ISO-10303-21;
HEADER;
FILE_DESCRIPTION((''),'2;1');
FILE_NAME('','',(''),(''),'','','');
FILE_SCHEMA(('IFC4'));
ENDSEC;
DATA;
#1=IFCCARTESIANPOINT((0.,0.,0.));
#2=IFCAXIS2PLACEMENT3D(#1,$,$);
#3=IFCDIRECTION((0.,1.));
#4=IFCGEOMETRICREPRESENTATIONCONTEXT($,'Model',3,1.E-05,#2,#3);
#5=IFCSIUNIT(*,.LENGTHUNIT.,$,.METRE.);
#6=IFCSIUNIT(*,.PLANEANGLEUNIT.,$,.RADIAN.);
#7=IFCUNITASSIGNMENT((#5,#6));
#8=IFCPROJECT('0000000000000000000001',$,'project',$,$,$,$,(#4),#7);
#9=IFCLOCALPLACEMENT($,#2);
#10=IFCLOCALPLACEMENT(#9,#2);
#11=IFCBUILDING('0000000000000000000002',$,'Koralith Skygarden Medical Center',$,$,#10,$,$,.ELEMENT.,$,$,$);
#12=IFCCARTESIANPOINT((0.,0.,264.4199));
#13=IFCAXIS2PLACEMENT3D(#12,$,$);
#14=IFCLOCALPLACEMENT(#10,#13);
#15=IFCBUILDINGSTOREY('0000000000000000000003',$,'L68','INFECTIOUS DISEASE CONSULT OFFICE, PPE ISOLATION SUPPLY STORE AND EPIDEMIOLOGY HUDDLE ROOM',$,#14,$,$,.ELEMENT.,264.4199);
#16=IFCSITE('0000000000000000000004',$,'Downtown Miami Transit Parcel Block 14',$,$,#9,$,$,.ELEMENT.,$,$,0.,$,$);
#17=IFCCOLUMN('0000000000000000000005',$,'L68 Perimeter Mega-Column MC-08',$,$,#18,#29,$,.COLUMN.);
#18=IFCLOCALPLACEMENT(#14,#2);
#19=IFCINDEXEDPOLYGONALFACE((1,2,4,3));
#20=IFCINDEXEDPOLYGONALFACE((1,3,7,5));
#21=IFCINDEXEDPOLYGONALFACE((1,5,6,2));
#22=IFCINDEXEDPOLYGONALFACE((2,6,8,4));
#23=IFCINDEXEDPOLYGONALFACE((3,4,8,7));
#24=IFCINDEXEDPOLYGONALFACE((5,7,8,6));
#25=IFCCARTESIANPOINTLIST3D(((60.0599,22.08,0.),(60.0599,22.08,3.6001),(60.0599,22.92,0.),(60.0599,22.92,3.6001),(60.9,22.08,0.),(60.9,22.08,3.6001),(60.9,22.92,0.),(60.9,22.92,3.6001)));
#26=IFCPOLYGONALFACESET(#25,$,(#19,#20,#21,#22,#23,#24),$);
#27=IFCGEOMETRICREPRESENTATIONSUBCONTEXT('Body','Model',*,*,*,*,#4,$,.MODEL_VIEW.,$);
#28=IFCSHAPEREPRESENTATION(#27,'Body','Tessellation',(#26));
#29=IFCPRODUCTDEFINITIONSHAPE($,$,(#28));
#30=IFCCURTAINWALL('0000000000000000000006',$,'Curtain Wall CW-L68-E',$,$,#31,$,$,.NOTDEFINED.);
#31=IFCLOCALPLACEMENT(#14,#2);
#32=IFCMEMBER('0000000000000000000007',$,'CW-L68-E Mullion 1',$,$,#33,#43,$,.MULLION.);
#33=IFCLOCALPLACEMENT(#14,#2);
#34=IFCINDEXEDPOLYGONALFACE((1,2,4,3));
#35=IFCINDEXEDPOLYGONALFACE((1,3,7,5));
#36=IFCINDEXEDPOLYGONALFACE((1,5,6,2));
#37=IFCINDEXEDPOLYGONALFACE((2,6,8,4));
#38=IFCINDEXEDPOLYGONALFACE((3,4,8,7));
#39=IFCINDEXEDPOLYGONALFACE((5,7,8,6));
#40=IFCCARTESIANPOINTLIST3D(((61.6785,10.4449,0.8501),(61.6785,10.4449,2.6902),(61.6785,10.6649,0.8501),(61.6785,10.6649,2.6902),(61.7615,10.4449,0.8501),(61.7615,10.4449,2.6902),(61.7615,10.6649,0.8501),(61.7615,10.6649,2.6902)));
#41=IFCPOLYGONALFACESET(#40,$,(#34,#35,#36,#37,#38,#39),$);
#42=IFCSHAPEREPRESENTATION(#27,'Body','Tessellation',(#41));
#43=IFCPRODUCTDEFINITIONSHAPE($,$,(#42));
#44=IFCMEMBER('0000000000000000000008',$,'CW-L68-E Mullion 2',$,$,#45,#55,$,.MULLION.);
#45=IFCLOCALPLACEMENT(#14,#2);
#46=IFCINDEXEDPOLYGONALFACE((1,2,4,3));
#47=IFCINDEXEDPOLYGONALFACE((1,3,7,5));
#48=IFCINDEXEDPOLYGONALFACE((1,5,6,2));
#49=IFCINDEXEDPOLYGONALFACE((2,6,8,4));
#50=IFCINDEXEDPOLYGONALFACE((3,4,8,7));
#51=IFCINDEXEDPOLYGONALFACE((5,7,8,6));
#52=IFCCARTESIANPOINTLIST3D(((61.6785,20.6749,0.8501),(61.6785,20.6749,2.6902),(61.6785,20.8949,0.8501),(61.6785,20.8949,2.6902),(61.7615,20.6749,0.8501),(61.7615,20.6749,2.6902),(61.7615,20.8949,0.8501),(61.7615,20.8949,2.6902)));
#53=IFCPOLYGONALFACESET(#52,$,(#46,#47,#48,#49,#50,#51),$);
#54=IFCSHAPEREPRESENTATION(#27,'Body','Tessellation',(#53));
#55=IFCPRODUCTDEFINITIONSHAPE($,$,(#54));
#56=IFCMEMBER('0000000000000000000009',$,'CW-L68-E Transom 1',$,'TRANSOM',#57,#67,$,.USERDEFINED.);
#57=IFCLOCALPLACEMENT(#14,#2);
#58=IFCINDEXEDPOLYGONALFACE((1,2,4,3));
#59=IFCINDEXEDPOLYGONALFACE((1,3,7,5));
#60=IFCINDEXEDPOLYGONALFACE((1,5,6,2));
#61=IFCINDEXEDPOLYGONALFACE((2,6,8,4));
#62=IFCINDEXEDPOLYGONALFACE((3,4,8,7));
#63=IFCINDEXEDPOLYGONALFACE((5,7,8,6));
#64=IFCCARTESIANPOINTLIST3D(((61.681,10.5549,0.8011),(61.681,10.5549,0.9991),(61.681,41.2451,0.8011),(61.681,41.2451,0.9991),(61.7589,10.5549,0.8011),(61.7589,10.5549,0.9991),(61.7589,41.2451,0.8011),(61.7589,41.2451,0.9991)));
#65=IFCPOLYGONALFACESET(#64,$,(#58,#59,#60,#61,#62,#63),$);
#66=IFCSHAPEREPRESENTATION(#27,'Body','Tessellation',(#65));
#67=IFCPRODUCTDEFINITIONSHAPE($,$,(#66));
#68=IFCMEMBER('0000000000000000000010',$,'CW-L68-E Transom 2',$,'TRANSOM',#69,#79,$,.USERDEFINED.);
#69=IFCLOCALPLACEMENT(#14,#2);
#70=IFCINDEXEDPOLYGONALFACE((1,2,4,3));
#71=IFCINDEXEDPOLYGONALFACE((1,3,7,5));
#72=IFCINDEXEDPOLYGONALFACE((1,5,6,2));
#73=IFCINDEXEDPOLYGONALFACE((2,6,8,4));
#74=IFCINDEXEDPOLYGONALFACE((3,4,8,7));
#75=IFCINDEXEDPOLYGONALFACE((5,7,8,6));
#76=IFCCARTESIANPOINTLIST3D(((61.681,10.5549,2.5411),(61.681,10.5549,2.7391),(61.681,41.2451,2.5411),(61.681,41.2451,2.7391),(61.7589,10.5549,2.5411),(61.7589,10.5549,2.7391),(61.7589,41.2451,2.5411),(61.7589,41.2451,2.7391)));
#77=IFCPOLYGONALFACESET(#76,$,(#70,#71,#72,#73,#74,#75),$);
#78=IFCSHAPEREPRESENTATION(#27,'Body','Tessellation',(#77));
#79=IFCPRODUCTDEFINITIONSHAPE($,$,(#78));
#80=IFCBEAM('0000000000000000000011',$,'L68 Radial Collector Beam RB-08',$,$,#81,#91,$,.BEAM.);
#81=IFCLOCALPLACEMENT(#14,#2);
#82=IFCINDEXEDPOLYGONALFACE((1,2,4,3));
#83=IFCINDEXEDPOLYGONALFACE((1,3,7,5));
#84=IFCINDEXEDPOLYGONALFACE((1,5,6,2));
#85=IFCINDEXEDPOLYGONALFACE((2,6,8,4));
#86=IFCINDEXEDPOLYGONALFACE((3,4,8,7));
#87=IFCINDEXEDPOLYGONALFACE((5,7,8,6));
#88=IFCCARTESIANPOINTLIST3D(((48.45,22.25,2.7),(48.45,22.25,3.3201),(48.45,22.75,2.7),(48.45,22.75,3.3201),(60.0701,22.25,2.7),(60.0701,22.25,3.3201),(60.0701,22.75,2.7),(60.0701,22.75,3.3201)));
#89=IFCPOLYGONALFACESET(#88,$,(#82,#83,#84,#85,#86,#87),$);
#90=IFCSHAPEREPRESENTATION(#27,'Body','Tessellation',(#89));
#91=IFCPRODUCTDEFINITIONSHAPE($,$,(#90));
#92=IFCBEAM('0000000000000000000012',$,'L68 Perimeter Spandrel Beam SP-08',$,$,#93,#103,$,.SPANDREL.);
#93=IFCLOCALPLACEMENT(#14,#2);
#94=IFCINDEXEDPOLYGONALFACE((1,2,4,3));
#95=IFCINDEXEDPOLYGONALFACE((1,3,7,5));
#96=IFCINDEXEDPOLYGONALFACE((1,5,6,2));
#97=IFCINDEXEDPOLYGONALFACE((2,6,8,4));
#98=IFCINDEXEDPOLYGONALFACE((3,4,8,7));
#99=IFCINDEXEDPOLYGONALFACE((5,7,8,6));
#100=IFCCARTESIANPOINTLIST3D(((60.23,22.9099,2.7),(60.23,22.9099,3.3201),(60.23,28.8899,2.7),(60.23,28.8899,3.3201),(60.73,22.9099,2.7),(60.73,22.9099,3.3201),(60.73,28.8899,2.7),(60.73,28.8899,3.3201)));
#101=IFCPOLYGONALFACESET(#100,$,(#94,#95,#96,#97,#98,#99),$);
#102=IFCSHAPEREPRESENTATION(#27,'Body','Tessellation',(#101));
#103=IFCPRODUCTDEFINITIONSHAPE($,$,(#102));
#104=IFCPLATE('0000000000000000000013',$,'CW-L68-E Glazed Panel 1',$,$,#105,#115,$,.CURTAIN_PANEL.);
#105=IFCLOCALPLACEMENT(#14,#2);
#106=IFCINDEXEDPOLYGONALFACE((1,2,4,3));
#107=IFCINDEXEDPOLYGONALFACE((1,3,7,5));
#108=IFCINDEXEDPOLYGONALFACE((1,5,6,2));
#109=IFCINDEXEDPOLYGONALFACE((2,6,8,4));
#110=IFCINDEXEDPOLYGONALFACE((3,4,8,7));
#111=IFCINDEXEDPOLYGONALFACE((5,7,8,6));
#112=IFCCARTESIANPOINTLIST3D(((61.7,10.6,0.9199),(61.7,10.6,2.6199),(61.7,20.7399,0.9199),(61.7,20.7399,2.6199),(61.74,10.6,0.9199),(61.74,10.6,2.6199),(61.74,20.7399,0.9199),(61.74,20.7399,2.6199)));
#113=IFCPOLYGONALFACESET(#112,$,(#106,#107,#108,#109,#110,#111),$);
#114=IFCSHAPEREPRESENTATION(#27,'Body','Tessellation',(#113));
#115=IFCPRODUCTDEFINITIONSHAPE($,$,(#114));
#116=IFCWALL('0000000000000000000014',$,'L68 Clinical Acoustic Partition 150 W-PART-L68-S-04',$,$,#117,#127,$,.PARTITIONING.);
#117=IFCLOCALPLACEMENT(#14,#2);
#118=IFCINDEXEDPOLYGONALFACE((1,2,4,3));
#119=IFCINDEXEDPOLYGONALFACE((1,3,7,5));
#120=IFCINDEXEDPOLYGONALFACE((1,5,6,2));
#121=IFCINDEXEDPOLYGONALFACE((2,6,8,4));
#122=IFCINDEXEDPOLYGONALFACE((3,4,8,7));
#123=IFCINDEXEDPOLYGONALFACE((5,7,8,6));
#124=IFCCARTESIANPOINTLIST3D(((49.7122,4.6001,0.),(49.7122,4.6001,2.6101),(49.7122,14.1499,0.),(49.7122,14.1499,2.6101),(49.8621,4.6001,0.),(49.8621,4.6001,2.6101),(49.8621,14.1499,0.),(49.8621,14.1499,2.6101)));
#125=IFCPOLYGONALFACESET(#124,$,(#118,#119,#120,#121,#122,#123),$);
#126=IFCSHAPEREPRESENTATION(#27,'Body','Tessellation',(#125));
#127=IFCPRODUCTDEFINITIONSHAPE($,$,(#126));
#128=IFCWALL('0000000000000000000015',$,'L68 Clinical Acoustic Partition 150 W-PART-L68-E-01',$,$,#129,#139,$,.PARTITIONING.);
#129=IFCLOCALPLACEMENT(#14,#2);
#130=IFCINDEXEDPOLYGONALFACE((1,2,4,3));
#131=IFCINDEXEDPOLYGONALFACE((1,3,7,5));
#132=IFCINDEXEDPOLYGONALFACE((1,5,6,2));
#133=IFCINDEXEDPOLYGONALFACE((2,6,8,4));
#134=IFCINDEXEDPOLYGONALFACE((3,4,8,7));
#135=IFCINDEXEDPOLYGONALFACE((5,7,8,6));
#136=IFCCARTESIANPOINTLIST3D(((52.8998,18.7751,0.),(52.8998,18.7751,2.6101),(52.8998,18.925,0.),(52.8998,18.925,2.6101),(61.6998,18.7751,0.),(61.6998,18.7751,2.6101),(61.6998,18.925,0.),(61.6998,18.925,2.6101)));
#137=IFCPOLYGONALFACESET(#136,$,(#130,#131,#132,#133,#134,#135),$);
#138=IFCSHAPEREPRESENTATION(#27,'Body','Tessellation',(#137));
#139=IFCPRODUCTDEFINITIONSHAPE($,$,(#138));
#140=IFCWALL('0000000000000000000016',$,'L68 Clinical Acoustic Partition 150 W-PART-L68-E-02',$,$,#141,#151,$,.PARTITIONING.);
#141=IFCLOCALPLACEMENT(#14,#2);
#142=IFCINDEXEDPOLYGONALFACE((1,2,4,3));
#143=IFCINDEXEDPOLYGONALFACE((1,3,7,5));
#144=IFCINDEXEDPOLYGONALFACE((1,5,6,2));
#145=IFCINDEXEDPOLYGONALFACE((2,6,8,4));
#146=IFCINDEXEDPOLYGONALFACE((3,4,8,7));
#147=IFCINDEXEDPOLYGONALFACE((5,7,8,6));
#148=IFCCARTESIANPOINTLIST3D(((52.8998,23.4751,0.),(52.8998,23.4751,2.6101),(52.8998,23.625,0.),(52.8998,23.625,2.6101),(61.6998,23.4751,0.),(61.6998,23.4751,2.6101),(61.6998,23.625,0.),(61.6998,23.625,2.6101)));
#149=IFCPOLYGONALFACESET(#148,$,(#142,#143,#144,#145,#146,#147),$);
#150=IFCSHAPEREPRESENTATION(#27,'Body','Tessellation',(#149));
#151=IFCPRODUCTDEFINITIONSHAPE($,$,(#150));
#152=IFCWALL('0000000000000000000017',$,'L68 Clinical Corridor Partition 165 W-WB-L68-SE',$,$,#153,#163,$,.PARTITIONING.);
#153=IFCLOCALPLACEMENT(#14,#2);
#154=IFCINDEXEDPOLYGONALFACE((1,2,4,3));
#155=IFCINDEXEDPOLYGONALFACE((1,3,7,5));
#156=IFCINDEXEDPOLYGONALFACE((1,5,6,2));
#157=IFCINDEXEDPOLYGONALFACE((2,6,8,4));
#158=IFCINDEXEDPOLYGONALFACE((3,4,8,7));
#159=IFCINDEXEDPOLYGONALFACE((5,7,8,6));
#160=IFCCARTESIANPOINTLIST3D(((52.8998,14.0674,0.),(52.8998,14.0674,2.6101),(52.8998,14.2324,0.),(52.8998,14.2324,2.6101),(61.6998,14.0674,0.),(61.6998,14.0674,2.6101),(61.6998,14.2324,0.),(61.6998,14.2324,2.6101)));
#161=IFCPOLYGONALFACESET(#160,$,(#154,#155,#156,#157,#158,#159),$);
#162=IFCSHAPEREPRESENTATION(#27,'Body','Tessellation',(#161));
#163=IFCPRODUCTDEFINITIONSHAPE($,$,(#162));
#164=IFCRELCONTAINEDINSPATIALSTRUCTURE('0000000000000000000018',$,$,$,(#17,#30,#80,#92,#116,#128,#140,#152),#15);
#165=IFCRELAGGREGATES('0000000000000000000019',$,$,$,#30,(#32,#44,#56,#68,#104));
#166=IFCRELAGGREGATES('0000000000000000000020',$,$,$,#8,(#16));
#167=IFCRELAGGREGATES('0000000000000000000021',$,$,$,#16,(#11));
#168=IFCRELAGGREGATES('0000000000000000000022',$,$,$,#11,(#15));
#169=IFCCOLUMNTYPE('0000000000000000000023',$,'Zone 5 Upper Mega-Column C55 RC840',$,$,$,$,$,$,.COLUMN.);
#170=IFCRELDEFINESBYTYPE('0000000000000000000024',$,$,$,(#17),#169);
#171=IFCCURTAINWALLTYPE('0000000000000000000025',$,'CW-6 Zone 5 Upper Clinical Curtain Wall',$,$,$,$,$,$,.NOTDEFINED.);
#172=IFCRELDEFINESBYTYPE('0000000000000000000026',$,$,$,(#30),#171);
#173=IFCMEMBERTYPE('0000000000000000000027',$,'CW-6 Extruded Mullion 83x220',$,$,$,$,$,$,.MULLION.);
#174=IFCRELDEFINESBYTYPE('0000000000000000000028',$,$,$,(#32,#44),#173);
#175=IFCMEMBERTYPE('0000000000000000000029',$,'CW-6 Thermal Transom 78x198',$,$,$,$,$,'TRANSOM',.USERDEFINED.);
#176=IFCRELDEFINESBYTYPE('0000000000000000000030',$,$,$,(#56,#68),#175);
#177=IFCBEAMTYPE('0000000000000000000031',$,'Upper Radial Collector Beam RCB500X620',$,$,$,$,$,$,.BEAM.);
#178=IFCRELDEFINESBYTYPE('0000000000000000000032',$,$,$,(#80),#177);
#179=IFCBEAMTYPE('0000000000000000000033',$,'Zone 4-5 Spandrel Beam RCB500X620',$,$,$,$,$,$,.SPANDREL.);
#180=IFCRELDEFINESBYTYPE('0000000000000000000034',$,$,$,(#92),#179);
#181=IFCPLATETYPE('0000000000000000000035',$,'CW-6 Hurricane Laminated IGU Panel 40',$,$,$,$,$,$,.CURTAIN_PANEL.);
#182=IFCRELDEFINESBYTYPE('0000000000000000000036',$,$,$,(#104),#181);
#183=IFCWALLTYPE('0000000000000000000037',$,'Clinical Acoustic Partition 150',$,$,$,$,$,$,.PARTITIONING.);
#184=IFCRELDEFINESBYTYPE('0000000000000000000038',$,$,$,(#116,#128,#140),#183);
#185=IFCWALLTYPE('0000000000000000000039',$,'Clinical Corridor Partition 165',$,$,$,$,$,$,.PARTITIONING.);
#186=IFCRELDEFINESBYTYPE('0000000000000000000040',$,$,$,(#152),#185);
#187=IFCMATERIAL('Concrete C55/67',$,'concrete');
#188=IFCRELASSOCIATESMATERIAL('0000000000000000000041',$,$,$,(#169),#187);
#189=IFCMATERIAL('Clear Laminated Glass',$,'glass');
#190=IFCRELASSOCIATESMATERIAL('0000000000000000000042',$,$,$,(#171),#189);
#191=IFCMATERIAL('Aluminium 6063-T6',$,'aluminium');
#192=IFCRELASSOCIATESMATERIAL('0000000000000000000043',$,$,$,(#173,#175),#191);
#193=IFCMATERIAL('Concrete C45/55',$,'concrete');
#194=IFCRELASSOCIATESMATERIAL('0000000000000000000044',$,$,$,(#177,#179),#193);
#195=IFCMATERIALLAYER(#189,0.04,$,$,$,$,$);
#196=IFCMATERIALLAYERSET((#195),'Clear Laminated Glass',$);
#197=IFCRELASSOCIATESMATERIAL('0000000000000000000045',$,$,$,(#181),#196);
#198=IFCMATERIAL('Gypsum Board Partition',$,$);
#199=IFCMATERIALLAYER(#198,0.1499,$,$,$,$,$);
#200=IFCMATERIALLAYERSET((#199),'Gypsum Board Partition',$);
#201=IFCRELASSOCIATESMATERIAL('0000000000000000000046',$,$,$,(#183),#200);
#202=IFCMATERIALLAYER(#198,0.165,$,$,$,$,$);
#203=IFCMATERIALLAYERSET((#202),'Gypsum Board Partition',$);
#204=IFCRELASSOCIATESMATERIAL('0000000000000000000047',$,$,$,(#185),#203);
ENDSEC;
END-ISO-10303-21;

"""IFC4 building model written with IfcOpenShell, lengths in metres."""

from ifc_helpers import new_model, si_unit, direction, frame, frame_2d, origin, origin_2d, place, context, subcontext, project, spatial, rectangle, extrude, material, layer, layer_set, material_profile, profile_set, type_object, element, aggregate, save


model = new_model("IFC4")

# Units and contexts
model_context = context("Model", 3, precision=1e-05, world=origin(), true_north=direction((0.0, 1.0)))
body_context = subcontext(model_context, "Body", "Model", "MODEL_VIEW")
ifc_project = project(units=[si_unit("LENGTHUNIT", "METRE"), si_unit("PLANEANGLEUNIT", "RADIAN")], contexts=[model_context])

# Site, building, storey
site_placement = place(None, origin())
site = spatial("IfcSite", under=ifc_project, at=site_placement, Name="Downtown Miami Transit Parcel Block 14", CompositionType="ELEMENT", RefElevation=0.0)
building_placement = place(site_placement, origin())
building = spatial("IfcBuilding", under=site, at=building_placement, Name="Koralith Skygarden Medical Center", CompositionType="ELEMENT")
storey_placement = place(building_placement, frame((0.0, 0.0, 264.4199)))
storey = spatial("IfcBuildingStorey", under=building, at=storey_placement, Name="L68", Description="INFECTIOUS DISEASE CONSULT OFFICE, PPE ISOLATION SUPPLY STORE AND EPIDEMIOLOGY HUDDLE ROOM", CompositionType="ELEMENT", Elevation=264.4199)

# Column
ifc_material_1 = material(Name="Concrete C55/67", Category="concrete")
ifc_material_profile_1 = material_profile(ifc_material_1, rectangle(XDim=0.8401, YDim=0.8401, at=origin_2d()), Name="RC840X840")
ifc_profile_set_1 = profile_set([ifc_material_profile_1], Name="Concrete C55/67")
column_type = type_object("IfcColumnType", Name="Zone 5 Upper Mega-Column C55 RC840", PredefinedType="COLUMN", material=ifc_profile_set_1)
column_placement = place(storey_placement, frame((60.48, 22.5, 0.0), z_axis=(0.0, 0.0, 1.0), x_axis=(1.0, 0.0, 0.0)))
element("IfcColumn", 1, at=column_placement, inside=storey, type_object=column_type, Name="L68 Perimeter Mega-Column MC-08", PredefinedType="COLUMN", context=body_context, shape_type="SweptSolid", body=[
    extrude(rectangle(XDim=0.8401, YDim=0.8401, at=origin_2d()), origin(), (0.0, 0.0, 1.0), 3.6001),
])

# Curtain wall, members
ifc_material_2 = material(Name="Clear Laminated Glass", Category="glass")
curtain_wall_type = type_object("IfcCurtainWallType", Name="CW-6 Zone 5 Upper Clinical Curtain Wall", PredefinedType="NOTDEFINED", material=ifc_material_2)
curtain_wall_placement = place(storey_placement, origin())
curtain_wall = element("IfcCurtainWall", 2, at=curtain_wall_placement, inside=storey, type_object=curtain_wall_type, Name="Curtain Wall CW-L68-E", PredefinedType="NOTDEFINED")
ifc_material_3 = material(Name="Aluminium 6063-T6", Category="aluminium")
ifc_material_profile_2 = material_profile(ifc_material_3, rectangle(XDim=0.083, YDim=0.22, at=origin_2d()), Name="MUL83X220")
ifc_profile_set_2 = profile_set([ifc_material_profile_2], Name="Aluminium 6063-T6")
member_type_1 = type_object("IfcMemberType", Name="CW-6 Extruded Mullion 83x220", PredefinedType="MULLION", material=ifc_profile_set_2)
member_1_placement = place(storey_placement, frame((61.72, 10.5549, 0.8501), z_axis=(0.0, 0.0, 1.0), x_axis=(1.0, 0.0, 0.0)))
member_1 = element("IfcMember", 3, at=member_1_placement, type_object=member_type_1, Name="CW-L68-E Mullion 1", PredefinedType="MULLION", context=body_context, shape_type="SweptSolid", body=[
    extrude(rectangle(XDim=0.083, YDim=0.22, at=origin_2d()), origin(), (0.0, 0.0, 1.0), 1.8401),
])
member_2_placement = place(storey_placement, frame((61.72, 20.7849, 0.8501), z_axis=(0.0, 0.0, 1.0), x_axis=(1.0, 0.0, 0.0)))
member_2 = element("IfcMember", 4, at=member_2_placement, type_object=member_type_1, Name="CW-L68-E Mullion 2", PredefinedType="MULLION", context=body_context, shape_type="SweptSolid", body=[
    extrude(rectangle(XDim=0.083, YDim=0.22, at=origin_2d()), origin(), (0.0, 0.0, 1.0), 1.8401),
])
ifc_material_profile_3 = material_profile(ifc_material_3, rectangle(XDim=0.0779, YDim=0.198, at=origin_2d()), Name="TRN78X198")
ifc_profile_set_3 = profile_set([ifc_material_profile_3], Name="Aluminium 6063-T6")
member_type_2 = type_object("IfcMemberType", Name="CW-6 Thermal Transom 78x198", ElementType="TRANSOM", PredefinedType="USERDEFINED", material=ifc_profile_set_3)
member_3_placement = place(storey_placement, frame((61.72, 10.5549, 0.9001), z_axis=(0.0, 1.0, 0.0), x_axis=(-1.0, 0.0, 0.0)))
member_3 = element("IfcMember", 5, at=member_3_placement, type_object=member_type_2, Name="CW-L68-E Transom 1", ObjectType="TRANSOM", PredefinedType="USERDEFINED", context=body_context, shape_type="SweptSolid", body=[
    extrude(rectangle(XDim=0.0779, YDim=0.198, at=origin_2d()), origin(), (0.0, 0.0, 1.0), 30.6902),
])
member_4_placement = place(storey_placement, frame((61.72, 10.5549, 2.6401), z_axis=(0.0, 1.0, 0.0), x_axis=(-1.0, 0.0, 0.0)))
member_4 = element("IfcMember", 6, at=member_4_placement, type_object=member_type_2, Name="CW-L68-E Transom 2", ObjectType="TRANSOM", PredefinedType="USERDEFINED", context=body_context, shape_type="SweptSolid", body=[
    extrude(rectangle(XDim=0.0779, YDim=0.198, at=origin_2d()), origin(), (0.0, 0.0, 1.0), 30.6902),
])

# Beams
ifc_material_4 = material(Name="Concrete C45/55", Category="concrete")
ifc_material_profile_4 = material_profile(ifc_material_4, rectangle(XDim=0.5, YDim=0.6201, at=origin_2d()), Name="RCB500X620")
ifc_profile_set_4 = profile_set([ifc_material_profile_4], Name="Concrete C45/55")
beam_type_1 = type_object("IfcBeamType", Name="Upper Radial Collector Beam RCB500X620", PredefinedType="BEAM", material=ifc_profile_set_4)
beam_1_placement = place(storey_placement, frame((48.45, 22.5, 3.01), z_axis=(1.0, 0.0, 0.0), x_axis=(0.0, 1.0, 0.0)))
element("IfcBeam", 7, at=beam_1_placement, inside=storey, type_object=beam_type_1, Name="L68 Radial Collector Beam RB-08", PredefinedType="BEAM", context=body_context, shape_type="SweptSolid", body=[
    extrude(rectangle(XDim=0.5, YDim=0.6201, at=origin_2d()), origin(), (0.0, 0.0, 1.0), 11.6201),
])
ifc_material_profile_5 = material_profile(ifc_material_4, rectangle(XDim=0.5, YDim=0.6201, at=origin_2d()), Name="RCB500X620")
ifc_profile_set_5 = profile_set([ifc_material_profile_5], Name="Concrete C45/55")
beam_type_2 = type_object("IfcBeamType", Name="Zone 4-5 Spandrel Beam RCB500X620", PredefinedType="SPANDREL", material=ifc_profile_set_5)
beam_2_placement = place(storey_placement, frame((60.48, 22.9099, 3.01), z_axis=(0.0, 1.0, 0.0), x_axis=(-1.0, 0.0, 0.0)))
element("IfcBeam", 8, at=beam_2_placement, inside=storey, type_object=beam_type_2, Name="L68 Perimeter Spandrel Beam SP-08", PredefinedType="SPANDREL", context=body_context, shape_type="SweptSolid", body=[
    extrude(rectangle(XDim=0.5, YDim=0.6201, at=origin_2d()), origin(), (0.0, 0.0, 1.0), 5.98),
])

# Plate
ifc_layer_1 = layer(ifc_material_2, 0.04)
ifc_layer_set_1 = layer_set([ifc_layer_1], Name="Clear Laminated Glass")
plate_type = type_object("IfcPlateType", Name="CW-6 Hurricane Laminated IGU Panel 40", PredefinedType="CURTAIN_PANEL", material=ifc_layer_set_1)
plate_placement = place(storey_placement, frame((61.72, 15.6699, 0.9199), z_axis=(0.0, 0.0, 1.0), x_axis=(0.0, 1.0, 0.0)))
plate = element("IfcPlate", 9, at=plate_placement, type_object=plate_type, Name="CW-L68-E Glazed Panel 1", PredefinedType="CURTAIN_PANEL", context=body_context, shape_type="SweptSolid", body=[
    extrude(rectangle(XDim=10.1399, YDim=0.04, at=origin_2d()), origin(), (0.0, 0.0, 1.0), 1.7),
])
aggregate(curtain_wall, [member_1, member_2, member_3, member_4, plate])

# Walls
ifc_material_5 = material(Name="Gypsum Board Partition")
ifc_layer_2 = layer(ifc_material_5, 0.1499)
ifc_layer_set_2 = layer_set([ifc_layer_2], Name="Gypsum Board Partition")
wall_type_1 = type_object("IfcWallType", Name="Clinical Acoustic Partition 150", PredefinedType="PARTITIONING", material=ifc_layer_set_2)
wall_1_placement = place(storey_placement, frame((49.7871, 14.1499, 0.0), z_axis=(0.0, 0.0, 1.0), x_axis=(0.0, -1.0, 0.0)))
element("IfcWall", 10, at=wall_1_placement, inside=storey, type_object=wall_type_1, Name="L68 Clinical Acoustic Partition 150 W-PART-L68-S-04", PredefinedType="PARTITIONING", context=body_context, shape_type="SweptSolid", body=[
    extrude(rectangle(XDim=9.5498, YDim=0.1499, at=frame_2d((4.7749, 0.0))), origin(), (0.0, 0.0, 1.0), 2.6101),
])
for number, where, z_axis, x_axis, name in (
    (11, (52.8999, 18.8501, 0.0), (0.0, 0.0, 1.0), (1.0, 0.0, 0.0), "L68 Clinical Acoustic Partition 150 W-PART-L68-E-01"),
    (12, (52.8999, 23.55, 0.0), (0.0, 0.0, 1.0), (1.0, 0.0, 0.0), "L68 Clinical Acoustic Partition 150 W-PART-L68-E-02"),
):
    element("IfcWall", number, at=place(storey_placement, frame(where, z_axis=z_axis, x_axis=x_axis)), inside=storey, type_object=wall_type_1, Name=name, PredefinedType="PARTITIONING", context=body_context, shape_type="SweptSolid", body=[
        extrude(rectangle(XDim=8.8, YDim=0.1499, at=frame_2d((4.3999, 0.0))), origin(), (0.0, 0.0, 1.0), 2.6101),
    ])
ifc_layer_3 = layer(ifc_material_5, 0.165)
ifc_layer_set_3 = layer_set([ifc_layer_3], Name="Gypsum Board Partition")
wall_type_2 = type_object("IfcWallType", Name="Clinical Corridor Partition 165", PredefinedType="PARTITIONING", material=ifc_layer_set_3)
wall_2_placement = place(storey_placement, frame((52.8999, 14.1499, 0.0), z_axis=(0.0, 0.0, 1.0), x_axis=(1.0, 0.0, 0.0)))
element("IfcWall", 13, at=wall_2_placement, inside=storey, type_object=wall_type_2, Name="L68 Clinical Corridor Partition 165 W-WB-L68-SE", PredefinedType="PARTITIONING", context=body_context, shape_type="SweptSolid", body=[
    extrude(rectangle(XDim=8.8, YDim=0.165, at=frame_2d((4.3999, 0.0))), origin(), (0.0, 0.0, 1.0), 2.6101),
])

save(model, "model.ifc")
